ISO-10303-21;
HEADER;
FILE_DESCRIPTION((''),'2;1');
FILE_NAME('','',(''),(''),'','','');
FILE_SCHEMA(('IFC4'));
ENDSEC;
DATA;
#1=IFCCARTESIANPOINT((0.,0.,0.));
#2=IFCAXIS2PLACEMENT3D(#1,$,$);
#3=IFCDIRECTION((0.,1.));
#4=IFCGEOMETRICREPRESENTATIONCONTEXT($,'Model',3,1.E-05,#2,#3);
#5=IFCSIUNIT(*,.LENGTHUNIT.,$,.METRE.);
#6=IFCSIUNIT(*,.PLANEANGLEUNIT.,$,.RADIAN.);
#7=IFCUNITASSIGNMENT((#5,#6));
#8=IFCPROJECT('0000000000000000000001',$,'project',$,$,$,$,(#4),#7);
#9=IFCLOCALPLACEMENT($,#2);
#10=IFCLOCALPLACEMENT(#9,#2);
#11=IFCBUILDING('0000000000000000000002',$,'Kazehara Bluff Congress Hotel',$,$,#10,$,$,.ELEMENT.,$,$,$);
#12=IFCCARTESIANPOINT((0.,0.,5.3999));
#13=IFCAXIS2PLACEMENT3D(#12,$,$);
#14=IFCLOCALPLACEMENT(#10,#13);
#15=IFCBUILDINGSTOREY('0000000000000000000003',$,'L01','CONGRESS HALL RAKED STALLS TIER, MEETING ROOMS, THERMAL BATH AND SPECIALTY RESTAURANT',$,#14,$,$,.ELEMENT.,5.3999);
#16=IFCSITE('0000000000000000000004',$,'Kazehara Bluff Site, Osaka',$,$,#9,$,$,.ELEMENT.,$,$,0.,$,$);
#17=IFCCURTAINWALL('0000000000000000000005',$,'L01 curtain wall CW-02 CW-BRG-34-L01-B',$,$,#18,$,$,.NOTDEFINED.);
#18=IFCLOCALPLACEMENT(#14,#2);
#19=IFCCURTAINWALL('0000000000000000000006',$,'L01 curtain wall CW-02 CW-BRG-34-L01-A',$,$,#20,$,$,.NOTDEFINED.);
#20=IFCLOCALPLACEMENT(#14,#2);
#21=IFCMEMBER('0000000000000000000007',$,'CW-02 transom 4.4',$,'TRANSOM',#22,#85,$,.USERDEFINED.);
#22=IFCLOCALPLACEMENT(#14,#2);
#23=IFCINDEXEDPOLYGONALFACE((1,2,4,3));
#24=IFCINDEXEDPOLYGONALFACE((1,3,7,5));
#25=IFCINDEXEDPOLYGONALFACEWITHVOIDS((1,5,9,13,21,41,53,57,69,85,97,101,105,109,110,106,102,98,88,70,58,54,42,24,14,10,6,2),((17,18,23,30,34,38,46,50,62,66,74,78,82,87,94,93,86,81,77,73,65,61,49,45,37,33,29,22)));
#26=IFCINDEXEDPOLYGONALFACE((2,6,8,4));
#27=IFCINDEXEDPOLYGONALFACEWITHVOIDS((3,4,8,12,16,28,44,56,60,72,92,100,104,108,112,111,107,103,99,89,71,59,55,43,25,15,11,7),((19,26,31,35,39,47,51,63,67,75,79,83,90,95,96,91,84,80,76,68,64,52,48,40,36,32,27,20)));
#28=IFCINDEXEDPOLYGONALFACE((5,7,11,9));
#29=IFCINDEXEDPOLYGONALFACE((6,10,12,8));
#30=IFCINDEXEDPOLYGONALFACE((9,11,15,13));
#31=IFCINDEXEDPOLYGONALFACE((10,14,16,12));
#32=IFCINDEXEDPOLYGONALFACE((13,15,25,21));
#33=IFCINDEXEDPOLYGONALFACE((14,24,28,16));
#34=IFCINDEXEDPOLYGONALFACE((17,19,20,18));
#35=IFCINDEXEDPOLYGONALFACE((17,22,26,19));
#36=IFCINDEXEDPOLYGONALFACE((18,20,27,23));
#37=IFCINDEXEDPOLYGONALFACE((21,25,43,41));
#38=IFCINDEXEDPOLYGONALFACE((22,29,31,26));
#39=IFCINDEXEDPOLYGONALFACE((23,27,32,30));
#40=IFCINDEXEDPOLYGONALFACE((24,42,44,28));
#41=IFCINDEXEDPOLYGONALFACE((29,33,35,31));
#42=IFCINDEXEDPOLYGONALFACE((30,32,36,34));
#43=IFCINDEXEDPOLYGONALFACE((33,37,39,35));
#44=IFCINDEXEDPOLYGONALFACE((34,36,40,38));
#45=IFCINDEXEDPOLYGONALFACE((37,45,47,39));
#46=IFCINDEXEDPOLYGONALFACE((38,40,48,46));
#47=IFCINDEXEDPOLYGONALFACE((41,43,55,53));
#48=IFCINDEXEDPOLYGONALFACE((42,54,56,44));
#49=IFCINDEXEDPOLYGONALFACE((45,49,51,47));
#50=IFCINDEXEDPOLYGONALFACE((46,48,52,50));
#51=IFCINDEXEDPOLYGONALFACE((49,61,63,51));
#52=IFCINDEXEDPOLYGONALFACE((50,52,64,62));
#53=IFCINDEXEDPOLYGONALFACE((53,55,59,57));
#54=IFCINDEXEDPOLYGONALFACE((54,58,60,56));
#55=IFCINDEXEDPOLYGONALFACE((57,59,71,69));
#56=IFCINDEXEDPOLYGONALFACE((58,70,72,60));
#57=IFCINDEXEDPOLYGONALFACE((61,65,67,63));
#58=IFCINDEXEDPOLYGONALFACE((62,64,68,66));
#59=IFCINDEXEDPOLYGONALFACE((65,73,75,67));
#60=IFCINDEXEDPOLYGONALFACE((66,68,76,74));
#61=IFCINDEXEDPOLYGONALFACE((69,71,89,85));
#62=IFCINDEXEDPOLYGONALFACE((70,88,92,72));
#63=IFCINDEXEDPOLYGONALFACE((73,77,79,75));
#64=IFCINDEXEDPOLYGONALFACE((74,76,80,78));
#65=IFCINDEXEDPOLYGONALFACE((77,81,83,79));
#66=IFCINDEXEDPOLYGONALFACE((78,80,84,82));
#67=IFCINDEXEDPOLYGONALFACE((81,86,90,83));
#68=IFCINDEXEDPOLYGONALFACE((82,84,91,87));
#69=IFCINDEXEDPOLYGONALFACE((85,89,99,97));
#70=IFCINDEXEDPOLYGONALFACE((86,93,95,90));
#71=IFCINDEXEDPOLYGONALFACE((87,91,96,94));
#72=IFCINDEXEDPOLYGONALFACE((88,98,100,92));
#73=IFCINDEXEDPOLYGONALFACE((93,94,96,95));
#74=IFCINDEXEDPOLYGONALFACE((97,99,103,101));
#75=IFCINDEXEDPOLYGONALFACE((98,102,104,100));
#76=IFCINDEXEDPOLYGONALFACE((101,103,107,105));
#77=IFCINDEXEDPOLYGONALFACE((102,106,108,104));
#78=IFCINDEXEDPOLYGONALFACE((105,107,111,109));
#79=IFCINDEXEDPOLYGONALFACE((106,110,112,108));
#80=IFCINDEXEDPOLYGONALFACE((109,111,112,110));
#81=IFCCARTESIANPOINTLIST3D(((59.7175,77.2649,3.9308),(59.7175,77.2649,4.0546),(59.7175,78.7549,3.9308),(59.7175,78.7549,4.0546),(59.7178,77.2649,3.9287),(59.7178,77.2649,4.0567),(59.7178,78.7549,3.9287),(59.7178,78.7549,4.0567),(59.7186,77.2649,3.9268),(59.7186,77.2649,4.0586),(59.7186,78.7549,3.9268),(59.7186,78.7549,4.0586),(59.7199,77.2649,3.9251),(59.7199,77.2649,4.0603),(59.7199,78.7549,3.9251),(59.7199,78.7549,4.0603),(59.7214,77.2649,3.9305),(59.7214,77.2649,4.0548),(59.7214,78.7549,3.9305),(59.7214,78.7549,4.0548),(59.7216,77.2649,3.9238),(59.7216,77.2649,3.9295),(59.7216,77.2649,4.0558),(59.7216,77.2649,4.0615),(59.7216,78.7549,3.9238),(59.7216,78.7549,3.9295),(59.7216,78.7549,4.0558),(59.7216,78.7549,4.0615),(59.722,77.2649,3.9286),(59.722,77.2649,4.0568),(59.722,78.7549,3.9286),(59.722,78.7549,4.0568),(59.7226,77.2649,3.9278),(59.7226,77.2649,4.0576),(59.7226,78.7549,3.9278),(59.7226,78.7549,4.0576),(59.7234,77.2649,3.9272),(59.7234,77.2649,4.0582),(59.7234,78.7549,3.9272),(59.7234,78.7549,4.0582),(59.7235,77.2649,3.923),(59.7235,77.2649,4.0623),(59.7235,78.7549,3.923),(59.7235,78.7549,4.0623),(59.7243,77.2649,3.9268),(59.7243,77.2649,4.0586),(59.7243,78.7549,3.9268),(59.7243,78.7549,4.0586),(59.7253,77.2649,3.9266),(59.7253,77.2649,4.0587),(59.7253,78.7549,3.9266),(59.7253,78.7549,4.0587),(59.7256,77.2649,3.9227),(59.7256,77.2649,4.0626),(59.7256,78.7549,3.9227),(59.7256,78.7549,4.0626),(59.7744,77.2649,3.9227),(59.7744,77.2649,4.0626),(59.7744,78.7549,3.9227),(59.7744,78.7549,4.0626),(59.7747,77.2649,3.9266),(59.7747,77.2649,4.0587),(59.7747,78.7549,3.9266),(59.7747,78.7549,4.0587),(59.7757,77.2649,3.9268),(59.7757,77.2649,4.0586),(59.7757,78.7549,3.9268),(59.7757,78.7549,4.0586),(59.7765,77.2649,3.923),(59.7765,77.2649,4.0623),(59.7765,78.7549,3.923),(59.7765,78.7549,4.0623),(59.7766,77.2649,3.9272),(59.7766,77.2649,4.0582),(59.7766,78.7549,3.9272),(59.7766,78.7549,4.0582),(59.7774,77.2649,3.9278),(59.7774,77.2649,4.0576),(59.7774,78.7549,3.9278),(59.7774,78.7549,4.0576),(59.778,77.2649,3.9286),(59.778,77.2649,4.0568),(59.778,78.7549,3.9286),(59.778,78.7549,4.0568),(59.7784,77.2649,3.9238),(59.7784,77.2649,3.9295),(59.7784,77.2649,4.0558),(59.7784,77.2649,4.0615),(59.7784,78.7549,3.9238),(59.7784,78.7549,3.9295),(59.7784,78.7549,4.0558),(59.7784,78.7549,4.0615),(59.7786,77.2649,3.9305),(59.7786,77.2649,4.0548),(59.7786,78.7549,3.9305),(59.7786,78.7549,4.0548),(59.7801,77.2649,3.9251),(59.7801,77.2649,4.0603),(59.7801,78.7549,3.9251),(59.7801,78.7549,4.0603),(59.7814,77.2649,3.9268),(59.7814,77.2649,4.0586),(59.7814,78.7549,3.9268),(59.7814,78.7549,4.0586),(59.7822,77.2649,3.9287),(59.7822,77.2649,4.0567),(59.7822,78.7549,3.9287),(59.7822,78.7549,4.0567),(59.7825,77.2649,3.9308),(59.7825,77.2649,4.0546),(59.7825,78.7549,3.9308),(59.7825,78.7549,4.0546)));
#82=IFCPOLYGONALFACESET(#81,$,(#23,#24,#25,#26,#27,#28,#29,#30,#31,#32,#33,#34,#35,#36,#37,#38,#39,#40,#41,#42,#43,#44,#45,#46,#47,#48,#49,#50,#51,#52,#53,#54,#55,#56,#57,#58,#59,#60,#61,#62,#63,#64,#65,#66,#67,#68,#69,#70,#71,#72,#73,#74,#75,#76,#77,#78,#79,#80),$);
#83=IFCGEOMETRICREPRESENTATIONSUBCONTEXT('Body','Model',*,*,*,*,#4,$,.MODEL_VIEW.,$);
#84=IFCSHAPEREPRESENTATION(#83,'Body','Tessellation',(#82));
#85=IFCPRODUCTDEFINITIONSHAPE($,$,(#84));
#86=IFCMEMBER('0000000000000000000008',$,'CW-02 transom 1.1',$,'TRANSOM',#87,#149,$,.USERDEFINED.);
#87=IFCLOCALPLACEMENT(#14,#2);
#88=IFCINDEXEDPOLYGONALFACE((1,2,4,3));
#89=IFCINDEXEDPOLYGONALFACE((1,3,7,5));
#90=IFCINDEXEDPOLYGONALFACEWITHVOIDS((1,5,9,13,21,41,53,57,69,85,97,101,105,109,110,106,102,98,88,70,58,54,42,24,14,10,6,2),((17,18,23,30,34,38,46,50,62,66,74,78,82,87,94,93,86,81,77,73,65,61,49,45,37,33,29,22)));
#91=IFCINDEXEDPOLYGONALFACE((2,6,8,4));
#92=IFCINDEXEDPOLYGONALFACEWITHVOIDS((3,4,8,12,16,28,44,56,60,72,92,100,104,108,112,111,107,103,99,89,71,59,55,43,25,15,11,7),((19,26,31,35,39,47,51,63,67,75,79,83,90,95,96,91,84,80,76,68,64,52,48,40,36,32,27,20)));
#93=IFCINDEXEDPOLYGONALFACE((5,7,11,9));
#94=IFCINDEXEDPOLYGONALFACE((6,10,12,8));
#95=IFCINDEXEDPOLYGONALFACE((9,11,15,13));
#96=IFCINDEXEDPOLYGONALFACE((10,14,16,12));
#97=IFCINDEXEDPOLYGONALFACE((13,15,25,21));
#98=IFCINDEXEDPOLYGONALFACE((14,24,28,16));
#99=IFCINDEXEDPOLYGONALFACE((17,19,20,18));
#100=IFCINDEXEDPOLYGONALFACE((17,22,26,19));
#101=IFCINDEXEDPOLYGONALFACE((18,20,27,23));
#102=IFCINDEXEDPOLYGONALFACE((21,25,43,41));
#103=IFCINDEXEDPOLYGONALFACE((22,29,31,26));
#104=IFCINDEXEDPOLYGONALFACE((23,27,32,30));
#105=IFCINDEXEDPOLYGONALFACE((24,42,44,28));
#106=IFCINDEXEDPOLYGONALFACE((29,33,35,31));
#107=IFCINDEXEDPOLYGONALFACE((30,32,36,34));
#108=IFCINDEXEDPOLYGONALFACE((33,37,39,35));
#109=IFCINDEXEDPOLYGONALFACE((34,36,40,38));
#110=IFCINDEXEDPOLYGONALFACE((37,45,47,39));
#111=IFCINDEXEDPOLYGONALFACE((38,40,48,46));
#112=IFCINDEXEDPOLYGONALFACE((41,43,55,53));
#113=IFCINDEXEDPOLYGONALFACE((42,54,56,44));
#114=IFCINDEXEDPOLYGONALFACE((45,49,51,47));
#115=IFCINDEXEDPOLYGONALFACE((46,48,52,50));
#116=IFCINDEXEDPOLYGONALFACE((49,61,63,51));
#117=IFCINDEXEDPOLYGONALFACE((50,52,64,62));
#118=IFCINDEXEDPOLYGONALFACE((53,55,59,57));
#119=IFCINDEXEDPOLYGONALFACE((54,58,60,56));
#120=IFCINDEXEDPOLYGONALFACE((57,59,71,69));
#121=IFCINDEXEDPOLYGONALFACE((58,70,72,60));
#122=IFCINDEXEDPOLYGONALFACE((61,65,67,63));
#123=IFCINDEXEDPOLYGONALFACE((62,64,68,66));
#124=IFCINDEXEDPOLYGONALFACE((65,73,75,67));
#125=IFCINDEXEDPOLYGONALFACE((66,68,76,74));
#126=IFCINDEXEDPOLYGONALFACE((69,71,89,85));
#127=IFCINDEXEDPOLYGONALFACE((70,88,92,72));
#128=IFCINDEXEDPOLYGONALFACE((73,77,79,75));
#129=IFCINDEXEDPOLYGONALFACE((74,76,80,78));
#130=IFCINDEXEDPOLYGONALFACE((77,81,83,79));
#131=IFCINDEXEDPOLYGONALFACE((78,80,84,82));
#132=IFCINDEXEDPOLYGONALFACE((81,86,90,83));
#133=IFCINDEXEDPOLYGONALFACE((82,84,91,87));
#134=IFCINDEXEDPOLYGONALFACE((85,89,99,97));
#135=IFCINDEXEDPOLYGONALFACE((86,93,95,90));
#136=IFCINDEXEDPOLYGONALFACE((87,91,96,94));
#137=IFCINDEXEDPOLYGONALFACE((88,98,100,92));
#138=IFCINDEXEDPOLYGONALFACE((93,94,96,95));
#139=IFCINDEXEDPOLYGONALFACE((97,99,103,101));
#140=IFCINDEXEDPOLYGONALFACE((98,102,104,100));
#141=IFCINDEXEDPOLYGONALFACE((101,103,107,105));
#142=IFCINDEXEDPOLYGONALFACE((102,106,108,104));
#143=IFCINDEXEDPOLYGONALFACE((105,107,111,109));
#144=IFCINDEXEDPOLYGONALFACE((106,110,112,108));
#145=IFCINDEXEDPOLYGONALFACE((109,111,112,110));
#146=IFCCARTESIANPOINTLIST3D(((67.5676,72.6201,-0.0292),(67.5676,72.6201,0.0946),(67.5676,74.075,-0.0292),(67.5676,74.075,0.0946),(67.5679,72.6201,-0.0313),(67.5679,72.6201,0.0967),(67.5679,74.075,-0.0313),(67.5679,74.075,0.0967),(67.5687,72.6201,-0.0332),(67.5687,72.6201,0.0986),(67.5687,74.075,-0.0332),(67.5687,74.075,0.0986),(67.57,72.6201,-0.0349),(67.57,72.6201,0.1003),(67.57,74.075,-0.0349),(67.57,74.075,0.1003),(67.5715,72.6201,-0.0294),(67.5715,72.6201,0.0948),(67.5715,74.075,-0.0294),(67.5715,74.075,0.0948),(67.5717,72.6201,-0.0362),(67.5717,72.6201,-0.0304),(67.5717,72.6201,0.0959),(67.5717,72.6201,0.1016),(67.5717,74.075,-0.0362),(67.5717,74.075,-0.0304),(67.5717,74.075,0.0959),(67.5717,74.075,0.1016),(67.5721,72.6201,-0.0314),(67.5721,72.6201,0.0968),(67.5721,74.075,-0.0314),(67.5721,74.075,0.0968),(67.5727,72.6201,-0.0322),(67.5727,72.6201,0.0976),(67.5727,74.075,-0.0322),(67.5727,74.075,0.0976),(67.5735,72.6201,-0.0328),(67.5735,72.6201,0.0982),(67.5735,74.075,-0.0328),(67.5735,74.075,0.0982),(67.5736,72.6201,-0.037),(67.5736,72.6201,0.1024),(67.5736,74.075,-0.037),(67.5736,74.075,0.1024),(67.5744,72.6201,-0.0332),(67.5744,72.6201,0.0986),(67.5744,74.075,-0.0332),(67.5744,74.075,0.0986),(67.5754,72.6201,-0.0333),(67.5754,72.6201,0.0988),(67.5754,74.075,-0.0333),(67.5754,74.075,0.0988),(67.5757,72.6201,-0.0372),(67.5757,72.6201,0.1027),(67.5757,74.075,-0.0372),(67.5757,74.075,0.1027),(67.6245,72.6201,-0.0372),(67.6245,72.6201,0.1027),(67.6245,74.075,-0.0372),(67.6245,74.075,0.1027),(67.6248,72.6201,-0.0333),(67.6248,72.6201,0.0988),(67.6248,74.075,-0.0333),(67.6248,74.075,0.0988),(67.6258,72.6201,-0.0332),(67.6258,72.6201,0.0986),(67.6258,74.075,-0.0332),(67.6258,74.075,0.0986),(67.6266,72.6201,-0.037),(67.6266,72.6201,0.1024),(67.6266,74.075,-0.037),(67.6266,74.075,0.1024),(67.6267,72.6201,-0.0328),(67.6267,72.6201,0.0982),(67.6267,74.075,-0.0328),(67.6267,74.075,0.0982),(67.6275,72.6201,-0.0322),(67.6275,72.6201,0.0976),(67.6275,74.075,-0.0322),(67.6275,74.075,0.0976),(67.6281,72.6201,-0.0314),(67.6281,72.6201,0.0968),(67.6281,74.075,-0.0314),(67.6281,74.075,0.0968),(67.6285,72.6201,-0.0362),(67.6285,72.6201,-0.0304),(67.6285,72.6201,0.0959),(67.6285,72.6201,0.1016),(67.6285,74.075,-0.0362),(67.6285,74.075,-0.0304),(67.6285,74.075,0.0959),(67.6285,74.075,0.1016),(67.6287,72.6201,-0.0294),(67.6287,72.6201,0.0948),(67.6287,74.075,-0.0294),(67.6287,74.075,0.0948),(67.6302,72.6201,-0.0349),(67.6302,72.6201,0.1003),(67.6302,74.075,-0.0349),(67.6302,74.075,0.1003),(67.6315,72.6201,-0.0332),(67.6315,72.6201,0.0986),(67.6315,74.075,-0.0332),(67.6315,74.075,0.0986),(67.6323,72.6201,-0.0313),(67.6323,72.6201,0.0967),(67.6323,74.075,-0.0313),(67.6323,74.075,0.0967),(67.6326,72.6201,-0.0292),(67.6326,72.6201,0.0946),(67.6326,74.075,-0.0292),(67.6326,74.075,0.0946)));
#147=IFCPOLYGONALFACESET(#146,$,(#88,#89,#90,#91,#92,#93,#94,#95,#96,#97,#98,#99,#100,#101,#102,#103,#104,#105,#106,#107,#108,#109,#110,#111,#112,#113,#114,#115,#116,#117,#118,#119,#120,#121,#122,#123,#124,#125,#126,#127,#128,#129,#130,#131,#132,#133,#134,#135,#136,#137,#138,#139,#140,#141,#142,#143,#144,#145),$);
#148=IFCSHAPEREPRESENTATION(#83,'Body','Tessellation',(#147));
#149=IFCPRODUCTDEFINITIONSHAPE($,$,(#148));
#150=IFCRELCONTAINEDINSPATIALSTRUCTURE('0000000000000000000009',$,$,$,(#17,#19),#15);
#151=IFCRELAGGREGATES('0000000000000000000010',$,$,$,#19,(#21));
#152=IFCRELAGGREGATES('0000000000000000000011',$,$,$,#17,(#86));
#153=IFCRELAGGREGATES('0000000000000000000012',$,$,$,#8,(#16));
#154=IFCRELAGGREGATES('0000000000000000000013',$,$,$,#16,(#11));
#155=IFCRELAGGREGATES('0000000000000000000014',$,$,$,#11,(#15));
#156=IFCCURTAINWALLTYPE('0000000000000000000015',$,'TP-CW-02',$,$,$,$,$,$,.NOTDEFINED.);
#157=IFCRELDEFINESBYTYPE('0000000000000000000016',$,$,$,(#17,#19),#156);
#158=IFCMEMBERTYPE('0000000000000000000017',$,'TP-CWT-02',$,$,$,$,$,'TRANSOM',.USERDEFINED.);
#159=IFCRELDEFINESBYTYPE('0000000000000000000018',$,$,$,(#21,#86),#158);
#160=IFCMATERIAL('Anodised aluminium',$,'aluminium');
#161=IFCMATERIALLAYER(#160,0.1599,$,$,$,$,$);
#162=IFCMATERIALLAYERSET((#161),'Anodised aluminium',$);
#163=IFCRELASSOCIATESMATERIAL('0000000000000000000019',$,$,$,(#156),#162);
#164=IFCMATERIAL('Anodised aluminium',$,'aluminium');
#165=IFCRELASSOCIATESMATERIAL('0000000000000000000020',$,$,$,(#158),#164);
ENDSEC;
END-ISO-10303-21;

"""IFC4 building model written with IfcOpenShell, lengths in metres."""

from ifc_helpers import new_model, si_unit, direction, frame, origin, origin_2d, place, context, subcontext, project, spatial, hollow_rectangle, extrude, material, layer, layer_set, material_profile, profile_set, type_object, element, aggregate, save


model = new_model("IFC4")

# Units and contexts
model_context = context("Model", 3, precision=1e-05, world=origin(), true_north=direction((0.0, 1.0)))
body_context = subcontext(model_context, "Body", "Model", "MODEL_VIEW")
ifc_project = project(units=[si_unit("LENGTHUNIT", "METRE"), si_unit("PLANEANGLEUNIT", "RADIAN")], contexts=[model_context])

# Site, building, storey
site_placement = place(None, origin())
site = spatial("IfcSite", under=ifc_project, at=site_placement, Name="Kazehara Bluff Site, Osaka", CompositionType="ELEMENT", RefElevation=0.0)
building_placement = place(site_placement, origin())
building = spatial("IfcBuilding", under=site, at=building_placement, Name="Kazehara Bluff Congress Hotel", CompositionType="ELEMENT")
storey_placement = place(building_placement, frame((0.0, 0.0, 5.3999)))
storey = spatial("IfcBuildingStorey", under=building, at=storey_placement, Name="L01", Description="CONGRESS HALL RAKED STALLS TIER, MEETING ROOMS, THERMAL BATH AND SPECIALTY RESTAURANT", CompositionType="ELEMENT", Elevation=5.3999)

# Curtain wall
ifc_material_1 = material(Name="Anodised aluminium", Category="aluminium")
ifc_layer_1 = layer(ifc_material_1, 0.1599)
ifc_layer_set_1 = layer_set([ifc_layer_1], Name="Anodised aluminium")
curtain_wall_type = type_object("IfcCurtainWallType", Name="TP-CW-02", PredefinedType="NOTDEFINED", material=ifc_layer_set_1)
curtain_wall_1_placement = place(storey_placement, origin())
curtain_wall_1 = element("IfcCurtainWall", 1, at=curtain_wall_1_placement, inside=storey, type_object=curtain_wall_type, Name="L01 curtain wall CW-02 CW-BRG-34-L01-B", PredefinedType="NOTDEFINED")

# Curtain wall, member
curtain_wall_2_placement = place(storey_placement, origin())
curtain_wall_2 = element("IfcCurtainWall", 2, at=curtain_wall_2_placement, inside=storey, type_object=curtain_wall_type, Name="L01 curtain wall CW-02 CW-BRG-34-L01-A", PredefinedType="NOTDEFINED")
ifc_material_2 = material(Name="Anodised aluminium", Category="aluminium")
ifc_material_profile_1 = material_profile(ifc_material_2, hollow_rectangle(XDim=0.0649, YDim=0.1399, WallThickness=0.0039, InnerFilletRadius=0.0039, OuterFilletRadius=0.0081, at=origin_2d()))
ifc_profile_set_1 = profile_set([ifc_material_profile_1], Name="Anodised aluminium")
member_type_1 = type_object("IfcMemberType", Name="TP-CWT-02", ElementType="TRANSOM", PredefinedType="USERDEFINED", material=ifc_profile_set_1)
member_1_placement = place(storey_placement, frame((59.75, 77.2649, 3.9927), z_axis=(0.0, 1.0, 0.0), x_axis=(-1.0, 0.0, 0.0)))
member_1 = element("IfcMember", 3, at=member_1_placement, type_object=member_type_1, Name="CW-02 transom 4.4", ObjectType="TRANSOM", PredefinedType="USERDEFINED", context=body_context, shape_type="SweptSolid", body=[
    extrude(hollow_rectangle(XDim=0.0649, YDim=0.1399, WallThickness=0.0039, InnerFilletRadius=0.0039, OuterFilletRadius=0.0081, at=origin_2d()), origin(), (0.0, 0.0, 1.0), 1.49),
])
aggregate(curtain_wall_2, [member_1])

# Member
member_2_placement = place(storey_placement, frame((67.6001, 72.6201, 0.0327), z_axis=(0.0, 1.0, 0.0), x_axis=(-1.0, 0.0, 0.0)))
member_2 = element("IfcMember", 4, at=member_2_placement, type_object=member_type_1, Name="CW-02 transom 1.1", ObjectType="TRANSOM", PredefinedType="USERDEFINED", context=body_context, shape_type="SweptSolid", body=[
    extrude(hollow_rectangle(XDim=0.0649, YDim=0.1399, WallThickness=0.0039, InnerFilletRadius=0.0039, OuterFilletRadius=0.0081, at=origin_2d()), origin(), (0.0, 0.0, 1.0), 1.4548),
])

aggregate(curtain_wall_1, [member_2])

save(model, "model.ifc")
